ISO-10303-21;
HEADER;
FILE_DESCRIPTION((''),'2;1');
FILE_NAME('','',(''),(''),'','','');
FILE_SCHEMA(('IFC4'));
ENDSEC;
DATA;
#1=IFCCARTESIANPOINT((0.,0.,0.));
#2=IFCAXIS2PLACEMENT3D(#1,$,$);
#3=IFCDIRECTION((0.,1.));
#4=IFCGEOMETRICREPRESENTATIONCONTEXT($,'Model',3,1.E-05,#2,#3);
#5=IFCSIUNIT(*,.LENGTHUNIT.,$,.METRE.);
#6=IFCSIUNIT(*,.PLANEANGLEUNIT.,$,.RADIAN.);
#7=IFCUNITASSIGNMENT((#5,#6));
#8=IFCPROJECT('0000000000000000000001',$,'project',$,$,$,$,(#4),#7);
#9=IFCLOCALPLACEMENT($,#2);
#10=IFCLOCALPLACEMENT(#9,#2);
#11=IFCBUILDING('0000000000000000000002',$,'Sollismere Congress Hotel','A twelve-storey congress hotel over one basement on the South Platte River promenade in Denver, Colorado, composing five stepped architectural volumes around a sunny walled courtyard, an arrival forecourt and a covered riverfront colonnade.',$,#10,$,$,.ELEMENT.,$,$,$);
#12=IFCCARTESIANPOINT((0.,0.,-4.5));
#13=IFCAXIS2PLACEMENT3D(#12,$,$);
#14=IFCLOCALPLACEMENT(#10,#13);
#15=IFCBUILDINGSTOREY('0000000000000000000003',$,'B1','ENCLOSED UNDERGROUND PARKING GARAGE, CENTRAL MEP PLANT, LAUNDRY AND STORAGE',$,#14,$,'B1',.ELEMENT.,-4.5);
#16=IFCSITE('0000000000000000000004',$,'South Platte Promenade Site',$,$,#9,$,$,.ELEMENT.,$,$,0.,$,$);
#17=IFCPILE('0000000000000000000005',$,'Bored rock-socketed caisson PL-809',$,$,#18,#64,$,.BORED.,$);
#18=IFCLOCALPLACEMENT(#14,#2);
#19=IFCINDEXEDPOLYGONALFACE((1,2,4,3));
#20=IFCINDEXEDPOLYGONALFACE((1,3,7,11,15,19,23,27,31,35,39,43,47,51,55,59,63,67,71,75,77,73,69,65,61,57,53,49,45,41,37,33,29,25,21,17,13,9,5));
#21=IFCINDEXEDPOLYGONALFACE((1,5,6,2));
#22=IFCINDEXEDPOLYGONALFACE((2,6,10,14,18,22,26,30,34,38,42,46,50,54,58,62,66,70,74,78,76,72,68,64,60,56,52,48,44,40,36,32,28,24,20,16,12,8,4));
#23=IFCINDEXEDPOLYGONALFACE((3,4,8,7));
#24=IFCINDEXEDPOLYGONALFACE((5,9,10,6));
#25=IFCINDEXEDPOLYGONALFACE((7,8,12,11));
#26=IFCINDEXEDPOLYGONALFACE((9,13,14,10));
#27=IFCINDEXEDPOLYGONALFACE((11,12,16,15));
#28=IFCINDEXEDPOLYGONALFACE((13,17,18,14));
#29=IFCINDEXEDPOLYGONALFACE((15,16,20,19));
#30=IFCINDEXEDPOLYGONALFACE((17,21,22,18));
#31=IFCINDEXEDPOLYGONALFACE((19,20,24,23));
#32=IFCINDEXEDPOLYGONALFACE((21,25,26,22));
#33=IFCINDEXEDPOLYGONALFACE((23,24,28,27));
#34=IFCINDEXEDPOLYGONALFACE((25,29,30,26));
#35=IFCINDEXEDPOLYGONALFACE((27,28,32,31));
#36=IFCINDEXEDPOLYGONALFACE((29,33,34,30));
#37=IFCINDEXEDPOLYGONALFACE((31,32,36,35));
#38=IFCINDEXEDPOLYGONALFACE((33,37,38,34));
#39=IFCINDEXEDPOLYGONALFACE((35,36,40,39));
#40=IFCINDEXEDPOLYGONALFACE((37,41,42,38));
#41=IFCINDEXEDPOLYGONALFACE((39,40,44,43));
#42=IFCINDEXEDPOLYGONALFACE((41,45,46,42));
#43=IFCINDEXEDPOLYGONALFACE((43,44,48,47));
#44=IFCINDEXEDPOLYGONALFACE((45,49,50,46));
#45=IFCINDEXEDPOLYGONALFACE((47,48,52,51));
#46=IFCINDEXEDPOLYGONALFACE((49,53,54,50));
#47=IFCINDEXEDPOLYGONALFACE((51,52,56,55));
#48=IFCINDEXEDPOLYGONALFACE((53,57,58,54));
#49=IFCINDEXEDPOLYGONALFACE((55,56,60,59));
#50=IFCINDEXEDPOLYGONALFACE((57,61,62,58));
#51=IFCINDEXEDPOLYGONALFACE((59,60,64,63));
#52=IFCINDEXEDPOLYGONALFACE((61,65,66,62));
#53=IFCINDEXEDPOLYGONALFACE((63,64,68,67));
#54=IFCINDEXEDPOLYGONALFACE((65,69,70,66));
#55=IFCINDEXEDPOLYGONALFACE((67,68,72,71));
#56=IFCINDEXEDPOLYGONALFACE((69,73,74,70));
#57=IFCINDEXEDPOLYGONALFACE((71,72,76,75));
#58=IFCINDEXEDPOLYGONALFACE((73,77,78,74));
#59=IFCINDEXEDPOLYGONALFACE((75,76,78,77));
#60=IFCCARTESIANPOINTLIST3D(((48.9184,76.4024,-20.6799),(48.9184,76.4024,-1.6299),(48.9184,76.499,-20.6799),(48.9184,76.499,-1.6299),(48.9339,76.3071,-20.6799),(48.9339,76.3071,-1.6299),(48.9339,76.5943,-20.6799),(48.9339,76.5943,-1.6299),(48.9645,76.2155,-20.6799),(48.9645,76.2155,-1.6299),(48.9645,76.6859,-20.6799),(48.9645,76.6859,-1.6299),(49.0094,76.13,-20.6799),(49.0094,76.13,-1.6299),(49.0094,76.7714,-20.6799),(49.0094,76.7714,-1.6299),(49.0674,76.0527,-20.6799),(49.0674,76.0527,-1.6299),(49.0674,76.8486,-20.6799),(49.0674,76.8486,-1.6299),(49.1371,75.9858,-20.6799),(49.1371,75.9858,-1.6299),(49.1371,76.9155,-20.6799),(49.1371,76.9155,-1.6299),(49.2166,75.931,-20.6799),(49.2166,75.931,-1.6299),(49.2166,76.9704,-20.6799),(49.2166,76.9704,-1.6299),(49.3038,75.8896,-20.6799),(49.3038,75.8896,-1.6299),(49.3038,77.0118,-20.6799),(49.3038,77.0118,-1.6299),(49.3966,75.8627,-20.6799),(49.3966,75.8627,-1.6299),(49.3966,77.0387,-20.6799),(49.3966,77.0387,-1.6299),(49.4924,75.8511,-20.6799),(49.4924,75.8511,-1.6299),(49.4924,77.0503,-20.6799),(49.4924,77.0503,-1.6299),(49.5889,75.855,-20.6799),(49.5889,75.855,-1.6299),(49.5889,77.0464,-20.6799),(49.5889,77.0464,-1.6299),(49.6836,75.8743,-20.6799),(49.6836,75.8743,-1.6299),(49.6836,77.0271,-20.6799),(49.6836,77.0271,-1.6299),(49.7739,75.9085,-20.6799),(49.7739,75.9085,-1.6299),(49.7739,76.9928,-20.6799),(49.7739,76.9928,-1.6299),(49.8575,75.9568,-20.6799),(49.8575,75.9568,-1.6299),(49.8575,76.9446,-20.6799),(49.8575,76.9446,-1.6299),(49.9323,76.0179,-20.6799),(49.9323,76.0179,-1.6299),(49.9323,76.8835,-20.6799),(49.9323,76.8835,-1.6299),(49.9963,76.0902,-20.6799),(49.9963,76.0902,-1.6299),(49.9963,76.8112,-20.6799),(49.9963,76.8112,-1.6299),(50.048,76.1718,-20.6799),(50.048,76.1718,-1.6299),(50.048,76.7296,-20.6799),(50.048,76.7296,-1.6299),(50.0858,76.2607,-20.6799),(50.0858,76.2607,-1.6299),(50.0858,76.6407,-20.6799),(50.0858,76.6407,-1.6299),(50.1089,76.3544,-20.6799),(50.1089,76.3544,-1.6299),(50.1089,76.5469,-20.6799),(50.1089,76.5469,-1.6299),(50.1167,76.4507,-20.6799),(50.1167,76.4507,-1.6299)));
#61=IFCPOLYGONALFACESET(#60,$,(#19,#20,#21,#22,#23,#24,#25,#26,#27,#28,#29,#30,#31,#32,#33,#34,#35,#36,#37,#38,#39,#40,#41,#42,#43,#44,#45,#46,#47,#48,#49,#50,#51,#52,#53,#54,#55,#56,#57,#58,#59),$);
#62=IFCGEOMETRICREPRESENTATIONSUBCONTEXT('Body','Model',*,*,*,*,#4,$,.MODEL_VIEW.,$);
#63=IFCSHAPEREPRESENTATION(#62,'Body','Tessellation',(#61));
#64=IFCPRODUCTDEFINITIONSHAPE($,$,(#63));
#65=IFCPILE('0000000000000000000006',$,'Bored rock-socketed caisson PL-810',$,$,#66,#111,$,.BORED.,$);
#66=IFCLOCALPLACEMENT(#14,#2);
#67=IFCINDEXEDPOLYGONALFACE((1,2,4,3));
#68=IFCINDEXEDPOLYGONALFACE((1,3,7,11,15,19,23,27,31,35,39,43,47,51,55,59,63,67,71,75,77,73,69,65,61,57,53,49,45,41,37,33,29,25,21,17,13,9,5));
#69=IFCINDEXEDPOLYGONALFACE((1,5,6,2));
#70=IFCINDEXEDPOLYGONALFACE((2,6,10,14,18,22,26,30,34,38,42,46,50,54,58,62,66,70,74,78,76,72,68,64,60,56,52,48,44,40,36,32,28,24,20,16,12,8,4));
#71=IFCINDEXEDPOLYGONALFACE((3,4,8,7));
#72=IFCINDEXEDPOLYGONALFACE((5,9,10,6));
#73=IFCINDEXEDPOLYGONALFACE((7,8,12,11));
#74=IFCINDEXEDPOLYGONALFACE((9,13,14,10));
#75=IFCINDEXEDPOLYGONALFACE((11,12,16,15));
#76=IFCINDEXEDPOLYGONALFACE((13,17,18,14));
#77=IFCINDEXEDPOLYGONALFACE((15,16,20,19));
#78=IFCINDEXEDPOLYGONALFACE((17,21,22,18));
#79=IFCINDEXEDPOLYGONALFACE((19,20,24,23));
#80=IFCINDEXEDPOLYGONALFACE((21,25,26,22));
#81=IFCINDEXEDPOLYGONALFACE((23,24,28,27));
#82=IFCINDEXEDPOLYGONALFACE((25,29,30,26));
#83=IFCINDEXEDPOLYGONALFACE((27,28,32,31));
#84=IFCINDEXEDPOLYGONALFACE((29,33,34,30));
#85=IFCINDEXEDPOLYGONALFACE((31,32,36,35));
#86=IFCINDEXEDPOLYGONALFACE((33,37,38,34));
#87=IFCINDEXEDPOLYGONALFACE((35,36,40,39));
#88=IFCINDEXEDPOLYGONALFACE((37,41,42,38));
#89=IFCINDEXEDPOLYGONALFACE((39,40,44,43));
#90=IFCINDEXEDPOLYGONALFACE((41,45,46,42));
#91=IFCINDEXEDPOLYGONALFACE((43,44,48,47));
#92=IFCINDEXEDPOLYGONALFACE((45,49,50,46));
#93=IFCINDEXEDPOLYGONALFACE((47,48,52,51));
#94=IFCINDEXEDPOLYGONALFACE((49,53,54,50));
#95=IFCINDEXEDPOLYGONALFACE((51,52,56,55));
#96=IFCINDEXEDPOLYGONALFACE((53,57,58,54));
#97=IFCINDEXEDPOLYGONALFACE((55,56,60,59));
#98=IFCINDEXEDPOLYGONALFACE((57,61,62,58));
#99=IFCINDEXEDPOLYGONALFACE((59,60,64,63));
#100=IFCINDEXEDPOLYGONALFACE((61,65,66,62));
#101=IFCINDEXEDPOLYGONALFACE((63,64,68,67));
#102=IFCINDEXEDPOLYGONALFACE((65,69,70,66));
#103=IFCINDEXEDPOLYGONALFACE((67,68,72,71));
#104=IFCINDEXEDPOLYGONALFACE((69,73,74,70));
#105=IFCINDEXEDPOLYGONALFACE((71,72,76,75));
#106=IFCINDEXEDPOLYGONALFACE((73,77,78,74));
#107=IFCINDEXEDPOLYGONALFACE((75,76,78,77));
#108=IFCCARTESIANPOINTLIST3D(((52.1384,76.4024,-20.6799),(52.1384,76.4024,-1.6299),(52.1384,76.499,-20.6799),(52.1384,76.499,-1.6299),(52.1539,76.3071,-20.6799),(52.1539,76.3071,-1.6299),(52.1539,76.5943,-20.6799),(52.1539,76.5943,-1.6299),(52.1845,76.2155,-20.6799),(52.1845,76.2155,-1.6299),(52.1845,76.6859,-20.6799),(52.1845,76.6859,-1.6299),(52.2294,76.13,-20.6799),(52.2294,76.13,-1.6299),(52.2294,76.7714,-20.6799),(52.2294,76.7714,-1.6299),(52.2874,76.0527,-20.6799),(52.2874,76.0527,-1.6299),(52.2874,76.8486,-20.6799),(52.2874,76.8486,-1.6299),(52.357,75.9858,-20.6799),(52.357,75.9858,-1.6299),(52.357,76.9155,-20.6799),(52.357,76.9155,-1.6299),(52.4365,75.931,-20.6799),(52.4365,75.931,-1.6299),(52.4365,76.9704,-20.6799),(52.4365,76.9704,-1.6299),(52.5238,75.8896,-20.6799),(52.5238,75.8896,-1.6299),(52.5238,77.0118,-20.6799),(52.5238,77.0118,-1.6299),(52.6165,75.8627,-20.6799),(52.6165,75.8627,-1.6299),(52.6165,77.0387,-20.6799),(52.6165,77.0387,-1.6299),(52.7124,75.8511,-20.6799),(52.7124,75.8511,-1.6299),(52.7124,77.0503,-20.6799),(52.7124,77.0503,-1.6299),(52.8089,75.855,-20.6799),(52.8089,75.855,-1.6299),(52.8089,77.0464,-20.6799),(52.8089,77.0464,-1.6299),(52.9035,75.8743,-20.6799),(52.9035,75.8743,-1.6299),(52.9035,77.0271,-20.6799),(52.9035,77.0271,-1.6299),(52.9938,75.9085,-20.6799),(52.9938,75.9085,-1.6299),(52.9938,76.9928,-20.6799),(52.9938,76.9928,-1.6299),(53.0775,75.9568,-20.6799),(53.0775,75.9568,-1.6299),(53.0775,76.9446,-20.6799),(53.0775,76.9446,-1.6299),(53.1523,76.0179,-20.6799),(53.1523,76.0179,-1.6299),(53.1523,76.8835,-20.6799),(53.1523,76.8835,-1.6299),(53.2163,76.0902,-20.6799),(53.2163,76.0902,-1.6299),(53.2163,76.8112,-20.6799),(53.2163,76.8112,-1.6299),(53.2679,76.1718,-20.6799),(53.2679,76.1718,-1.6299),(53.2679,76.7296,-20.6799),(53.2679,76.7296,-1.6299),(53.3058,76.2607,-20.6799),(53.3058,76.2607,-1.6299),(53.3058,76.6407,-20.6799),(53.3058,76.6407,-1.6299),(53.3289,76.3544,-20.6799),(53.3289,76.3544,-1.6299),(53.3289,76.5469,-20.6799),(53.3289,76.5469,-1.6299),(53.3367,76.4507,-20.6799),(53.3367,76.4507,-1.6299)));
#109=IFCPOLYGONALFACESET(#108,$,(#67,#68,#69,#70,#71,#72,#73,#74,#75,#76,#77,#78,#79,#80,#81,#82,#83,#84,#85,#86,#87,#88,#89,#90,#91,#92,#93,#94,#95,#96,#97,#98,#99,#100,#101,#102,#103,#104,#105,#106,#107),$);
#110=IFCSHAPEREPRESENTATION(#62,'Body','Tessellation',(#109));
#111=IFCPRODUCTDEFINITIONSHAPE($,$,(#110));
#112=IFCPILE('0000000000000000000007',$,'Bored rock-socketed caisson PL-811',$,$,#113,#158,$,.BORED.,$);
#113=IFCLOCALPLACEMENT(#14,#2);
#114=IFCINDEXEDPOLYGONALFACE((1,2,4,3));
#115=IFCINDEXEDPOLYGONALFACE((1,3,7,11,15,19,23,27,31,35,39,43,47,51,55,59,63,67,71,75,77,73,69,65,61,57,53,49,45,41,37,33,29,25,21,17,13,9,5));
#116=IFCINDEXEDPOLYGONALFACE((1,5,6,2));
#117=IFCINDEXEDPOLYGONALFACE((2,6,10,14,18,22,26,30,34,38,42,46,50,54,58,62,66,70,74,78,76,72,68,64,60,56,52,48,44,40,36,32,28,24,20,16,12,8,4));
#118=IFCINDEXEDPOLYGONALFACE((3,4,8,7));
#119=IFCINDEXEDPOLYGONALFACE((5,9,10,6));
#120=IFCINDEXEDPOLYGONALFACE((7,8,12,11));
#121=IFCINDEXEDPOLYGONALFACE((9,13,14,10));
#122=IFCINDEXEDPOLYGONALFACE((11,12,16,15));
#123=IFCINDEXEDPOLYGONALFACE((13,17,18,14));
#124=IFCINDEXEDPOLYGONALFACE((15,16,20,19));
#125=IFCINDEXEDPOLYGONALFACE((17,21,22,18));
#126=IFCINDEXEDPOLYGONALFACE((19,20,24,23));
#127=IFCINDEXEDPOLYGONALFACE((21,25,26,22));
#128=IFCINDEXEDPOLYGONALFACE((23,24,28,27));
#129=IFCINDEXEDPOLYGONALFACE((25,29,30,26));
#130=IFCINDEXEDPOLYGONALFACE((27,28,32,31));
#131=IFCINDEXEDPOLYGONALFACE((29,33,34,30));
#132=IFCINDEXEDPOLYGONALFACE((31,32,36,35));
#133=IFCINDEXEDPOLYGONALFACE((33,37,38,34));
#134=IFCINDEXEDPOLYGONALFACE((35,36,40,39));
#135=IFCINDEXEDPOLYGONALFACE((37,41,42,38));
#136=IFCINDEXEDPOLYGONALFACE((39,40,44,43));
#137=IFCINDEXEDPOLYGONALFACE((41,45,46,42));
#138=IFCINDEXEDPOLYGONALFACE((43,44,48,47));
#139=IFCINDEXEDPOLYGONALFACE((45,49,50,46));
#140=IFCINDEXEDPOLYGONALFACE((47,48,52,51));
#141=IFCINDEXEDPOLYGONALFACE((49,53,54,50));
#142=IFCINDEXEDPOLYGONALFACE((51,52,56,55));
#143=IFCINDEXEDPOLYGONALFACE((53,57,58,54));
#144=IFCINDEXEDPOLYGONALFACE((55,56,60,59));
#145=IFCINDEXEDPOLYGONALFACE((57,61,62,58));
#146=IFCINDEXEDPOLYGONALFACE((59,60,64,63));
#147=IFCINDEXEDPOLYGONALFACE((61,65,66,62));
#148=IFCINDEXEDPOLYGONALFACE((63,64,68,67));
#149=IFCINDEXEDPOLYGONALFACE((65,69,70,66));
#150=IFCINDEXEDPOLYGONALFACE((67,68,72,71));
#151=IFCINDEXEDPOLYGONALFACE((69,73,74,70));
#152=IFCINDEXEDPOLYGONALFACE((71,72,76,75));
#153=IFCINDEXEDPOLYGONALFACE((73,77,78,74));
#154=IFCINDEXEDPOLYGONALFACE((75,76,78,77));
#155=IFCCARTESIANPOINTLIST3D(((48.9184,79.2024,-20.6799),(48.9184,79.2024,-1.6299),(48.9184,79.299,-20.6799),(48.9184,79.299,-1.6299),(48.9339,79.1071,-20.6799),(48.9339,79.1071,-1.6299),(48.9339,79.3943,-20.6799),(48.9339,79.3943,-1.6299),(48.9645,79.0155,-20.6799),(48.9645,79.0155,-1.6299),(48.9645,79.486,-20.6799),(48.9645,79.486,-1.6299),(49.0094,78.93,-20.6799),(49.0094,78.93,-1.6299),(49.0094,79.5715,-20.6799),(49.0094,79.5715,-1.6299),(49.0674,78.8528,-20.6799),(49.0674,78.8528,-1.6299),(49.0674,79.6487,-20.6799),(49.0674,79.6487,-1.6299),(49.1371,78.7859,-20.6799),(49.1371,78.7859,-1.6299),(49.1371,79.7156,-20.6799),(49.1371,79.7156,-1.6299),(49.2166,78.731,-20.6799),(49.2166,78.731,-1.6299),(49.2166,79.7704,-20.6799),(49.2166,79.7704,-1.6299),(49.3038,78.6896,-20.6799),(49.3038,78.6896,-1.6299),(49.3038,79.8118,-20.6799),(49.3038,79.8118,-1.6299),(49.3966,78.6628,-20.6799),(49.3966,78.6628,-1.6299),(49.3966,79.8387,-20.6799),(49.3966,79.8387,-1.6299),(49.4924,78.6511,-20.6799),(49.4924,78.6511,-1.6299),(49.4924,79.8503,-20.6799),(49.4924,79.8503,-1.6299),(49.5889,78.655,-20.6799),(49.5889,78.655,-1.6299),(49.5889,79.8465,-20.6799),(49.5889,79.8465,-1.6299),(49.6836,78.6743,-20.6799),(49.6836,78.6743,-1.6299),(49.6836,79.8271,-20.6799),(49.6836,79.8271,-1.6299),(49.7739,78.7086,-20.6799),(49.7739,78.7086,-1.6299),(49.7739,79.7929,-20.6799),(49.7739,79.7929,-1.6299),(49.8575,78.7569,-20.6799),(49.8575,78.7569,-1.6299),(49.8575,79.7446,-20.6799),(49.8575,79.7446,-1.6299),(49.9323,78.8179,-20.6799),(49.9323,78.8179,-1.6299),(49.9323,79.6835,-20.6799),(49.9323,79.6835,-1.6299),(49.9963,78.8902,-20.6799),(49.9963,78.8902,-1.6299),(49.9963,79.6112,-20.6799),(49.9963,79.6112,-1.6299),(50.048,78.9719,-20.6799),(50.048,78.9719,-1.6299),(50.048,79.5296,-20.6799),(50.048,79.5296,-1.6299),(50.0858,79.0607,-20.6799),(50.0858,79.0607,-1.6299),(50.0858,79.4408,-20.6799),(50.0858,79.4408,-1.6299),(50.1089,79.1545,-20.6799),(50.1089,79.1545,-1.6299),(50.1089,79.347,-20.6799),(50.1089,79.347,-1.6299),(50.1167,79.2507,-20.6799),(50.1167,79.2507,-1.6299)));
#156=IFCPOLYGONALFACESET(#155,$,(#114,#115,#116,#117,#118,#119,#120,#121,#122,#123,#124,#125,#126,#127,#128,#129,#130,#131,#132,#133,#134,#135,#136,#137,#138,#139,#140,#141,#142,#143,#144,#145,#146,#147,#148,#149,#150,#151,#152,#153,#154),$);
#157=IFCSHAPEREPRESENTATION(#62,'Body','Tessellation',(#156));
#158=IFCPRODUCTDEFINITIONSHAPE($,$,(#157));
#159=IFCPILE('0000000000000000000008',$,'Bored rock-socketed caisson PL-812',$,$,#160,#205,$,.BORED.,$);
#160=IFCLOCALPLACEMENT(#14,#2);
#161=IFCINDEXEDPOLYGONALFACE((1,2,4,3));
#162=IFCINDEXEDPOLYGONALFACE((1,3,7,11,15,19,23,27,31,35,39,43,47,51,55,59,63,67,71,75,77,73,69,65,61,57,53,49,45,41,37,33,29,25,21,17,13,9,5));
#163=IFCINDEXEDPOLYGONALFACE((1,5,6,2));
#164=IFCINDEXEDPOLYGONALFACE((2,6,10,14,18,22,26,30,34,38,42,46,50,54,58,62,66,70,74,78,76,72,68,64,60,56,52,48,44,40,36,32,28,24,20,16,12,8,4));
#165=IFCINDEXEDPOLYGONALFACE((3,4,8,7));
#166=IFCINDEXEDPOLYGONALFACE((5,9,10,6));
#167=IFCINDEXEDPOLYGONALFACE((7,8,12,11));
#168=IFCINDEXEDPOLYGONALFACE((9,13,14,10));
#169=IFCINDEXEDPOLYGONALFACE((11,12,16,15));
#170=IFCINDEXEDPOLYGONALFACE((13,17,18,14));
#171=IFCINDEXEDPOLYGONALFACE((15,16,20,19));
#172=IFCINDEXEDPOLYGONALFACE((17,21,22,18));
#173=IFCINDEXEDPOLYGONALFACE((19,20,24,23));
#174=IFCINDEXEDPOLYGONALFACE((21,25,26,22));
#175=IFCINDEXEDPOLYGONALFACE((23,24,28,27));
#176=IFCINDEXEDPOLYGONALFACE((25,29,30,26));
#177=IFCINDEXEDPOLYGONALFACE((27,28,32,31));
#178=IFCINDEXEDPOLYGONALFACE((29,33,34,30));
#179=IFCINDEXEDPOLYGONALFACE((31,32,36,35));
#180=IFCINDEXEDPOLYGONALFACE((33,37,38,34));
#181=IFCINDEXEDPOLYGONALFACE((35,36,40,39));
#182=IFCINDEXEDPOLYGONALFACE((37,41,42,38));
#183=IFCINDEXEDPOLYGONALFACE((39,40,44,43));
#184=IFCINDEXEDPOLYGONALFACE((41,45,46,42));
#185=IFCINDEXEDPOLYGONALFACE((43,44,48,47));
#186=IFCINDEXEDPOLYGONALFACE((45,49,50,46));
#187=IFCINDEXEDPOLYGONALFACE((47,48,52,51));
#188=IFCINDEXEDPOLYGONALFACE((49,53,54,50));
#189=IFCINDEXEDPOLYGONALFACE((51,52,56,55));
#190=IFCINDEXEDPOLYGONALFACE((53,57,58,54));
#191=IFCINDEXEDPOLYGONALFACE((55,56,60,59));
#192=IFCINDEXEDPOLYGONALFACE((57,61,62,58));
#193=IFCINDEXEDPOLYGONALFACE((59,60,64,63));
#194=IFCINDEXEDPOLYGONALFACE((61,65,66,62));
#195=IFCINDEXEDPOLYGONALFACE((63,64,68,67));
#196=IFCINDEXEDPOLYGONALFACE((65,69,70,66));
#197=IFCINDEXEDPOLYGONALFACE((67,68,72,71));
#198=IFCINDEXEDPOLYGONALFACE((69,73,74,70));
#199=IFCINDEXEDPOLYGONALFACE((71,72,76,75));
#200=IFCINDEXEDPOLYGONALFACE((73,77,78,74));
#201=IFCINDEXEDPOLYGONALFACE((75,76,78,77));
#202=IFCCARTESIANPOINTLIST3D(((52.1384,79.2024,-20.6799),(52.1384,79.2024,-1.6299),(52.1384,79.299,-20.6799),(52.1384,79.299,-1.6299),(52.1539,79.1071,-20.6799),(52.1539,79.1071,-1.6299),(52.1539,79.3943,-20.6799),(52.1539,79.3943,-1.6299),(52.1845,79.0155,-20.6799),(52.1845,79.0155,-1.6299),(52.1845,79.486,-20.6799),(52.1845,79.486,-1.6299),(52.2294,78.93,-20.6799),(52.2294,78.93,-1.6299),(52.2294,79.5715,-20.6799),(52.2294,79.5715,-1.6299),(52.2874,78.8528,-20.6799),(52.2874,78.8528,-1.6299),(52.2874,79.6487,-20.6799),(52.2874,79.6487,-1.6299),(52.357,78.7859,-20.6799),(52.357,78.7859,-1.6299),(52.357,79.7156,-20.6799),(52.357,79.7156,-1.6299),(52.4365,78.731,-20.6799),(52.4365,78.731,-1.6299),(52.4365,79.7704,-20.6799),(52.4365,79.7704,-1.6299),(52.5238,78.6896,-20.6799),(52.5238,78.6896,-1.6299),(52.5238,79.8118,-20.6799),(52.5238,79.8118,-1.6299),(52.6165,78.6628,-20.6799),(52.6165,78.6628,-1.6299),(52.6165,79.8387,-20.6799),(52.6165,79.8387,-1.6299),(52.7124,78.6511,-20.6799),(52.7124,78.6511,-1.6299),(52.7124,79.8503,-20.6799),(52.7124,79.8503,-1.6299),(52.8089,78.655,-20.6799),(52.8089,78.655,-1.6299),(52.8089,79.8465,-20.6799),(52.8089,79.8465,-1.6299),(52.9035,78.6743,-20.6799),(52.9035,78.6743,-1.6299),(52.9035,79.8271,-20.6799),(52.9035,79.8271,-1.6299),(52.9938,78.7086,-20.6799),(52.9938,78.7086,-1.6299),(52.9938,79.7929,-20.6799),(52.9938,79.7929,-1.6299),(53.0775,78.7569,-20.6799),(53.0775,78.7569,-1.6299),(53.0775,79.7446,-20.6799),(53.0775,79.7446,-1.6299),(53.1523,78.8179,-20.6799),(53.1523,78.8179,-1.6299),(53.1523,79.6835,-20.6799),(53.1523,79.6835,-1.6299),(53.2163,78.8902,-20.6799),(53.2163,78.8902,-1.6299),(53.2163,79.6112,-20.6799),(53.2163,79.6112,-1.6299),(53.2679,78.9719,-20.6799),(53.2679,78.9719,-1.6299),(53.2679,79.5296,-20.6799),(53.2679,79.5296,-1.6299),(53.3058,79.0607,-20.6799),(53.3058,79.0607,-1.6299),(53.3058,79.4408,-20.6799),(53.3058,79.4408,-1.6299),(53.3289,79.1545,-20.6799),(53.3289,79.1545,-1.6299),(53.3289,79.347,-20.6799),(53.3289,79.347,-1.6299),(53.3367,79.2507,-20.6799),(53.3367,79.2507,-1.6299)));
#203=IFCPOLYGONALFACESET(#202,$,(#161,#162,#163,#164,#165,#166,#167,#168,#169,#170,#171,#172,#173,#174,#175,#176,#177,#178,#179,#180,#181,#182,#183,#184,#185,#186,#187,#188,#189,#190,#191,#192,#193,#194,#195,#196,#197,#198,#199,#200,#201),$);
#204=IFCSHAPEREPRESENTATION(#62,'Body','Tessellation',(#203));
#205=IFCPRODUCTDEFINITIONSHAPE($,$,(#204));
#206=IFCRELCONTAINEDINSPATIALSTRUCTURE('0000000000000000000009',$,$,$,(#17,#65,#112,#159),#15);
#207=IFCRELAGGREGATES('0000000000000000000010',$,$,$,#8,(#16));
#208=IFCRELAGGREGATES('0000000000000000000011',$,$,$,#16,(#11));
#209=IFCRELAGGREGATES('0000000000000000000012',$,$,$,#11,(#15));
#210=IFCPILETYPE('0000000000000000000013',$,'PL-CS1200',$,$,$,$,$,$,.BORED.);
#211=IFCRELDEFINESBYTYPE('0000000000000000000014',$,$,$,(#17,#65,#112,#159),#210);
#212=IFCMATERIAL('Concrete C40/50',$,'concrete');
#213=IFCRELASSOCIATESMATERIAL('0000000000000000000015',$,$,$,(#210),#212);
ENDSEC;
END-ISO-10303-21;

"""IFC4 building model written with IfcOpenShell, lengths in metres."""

from ifc_helpers import new_model, si_unit, direction, frame, origin, origin_2d, place, context, subcontext, project, spatial, circle, extrude, material, material_profile, profile_set, type_object, element, save


model = new_model("IFC4")

# Units and contexts
model_context = context("Model", 3, precision=1e-05, world=origin(), true_north=direction((0.0, 1.0)))
body_context = subcontext(model_context, "Body", "Model", "MODEL_VIEW")
ifc_project = project(units=[si_unit("LENGTHUNIT", "METRE"), si_unit("PLANEANGLEUNIT", "RADIAN")], contexts=[model_context])

# Site, building, storey
site_placement = place(None, origin())
site = spatial("IfcSite", under=ifc_project, at=site_placement, Name="South Platte Promenade Site", CompositionType="ELEMENT", RefElevation=0.0)
building_placement = place(site_placement, origin())
building = spatial("IfcBuilding", under=site, at=building_placement, Name="Sollismere Congress Hotel", Description="A twelve-storey congress hotel over one basement on the South Platte River promenade in Denver, Colorado, composing five stepped architectural volumes around a sunny walled courtyard, an arrival forecourt and a covered riverfront colonnade.", CompositionType="ELEMENT")
storey_placement = place(building_placement, frame((0.0, 0.0, -4.5)))
storey = spatial("IfcBuildingStorey", under=building, at=storey_placement, Name="B1", Description="ENCLOSED UNDERGROUND PARKING GARAGE, CENTRAL MEP PLANT, LAUNDRY AND STORAGE", LongName="B1", CompositionType="ELEMENT", Elevation=-4.5)

# Shared definitions
ifc_material_1 = material(Name="Concrete C40/50", Category="concrete")

# Piles
ifc_material_profile_1 = material_profile(ifc_material_1, circle(Radius=0.6001, at=origin_2d()), Name="CAISSON1200")
ifc_profile_set_1 = profile_set([ifc_material_profile_1], Name="Concrete C40/50")
pile_type = type_object("IfcPileType", Name="PL-CS1200", PredefinedType="BORED", material=ifc_profile_set_1)
for number, where, z_axis, x_axis, name in (
    (1, (49.5166, 76.4507, -1.6299), (0.0, 0.0, -1.0), (1.0, 0.0, 0.0), "Bored rock-socketed caisson PL-809"),
    (2, (52.7366, 76.4507, -1.6299), (0.0, 0.0, -1.0), (1.0, 0.0, 0.0), "Bored rock-socketed caisson PL-810"),
    (3, (49.5166, 79.2507, -1.6299), (0.0, 0.0, -1.0), (1.0, 0.0, 0.0), "Bored rock-socketed caisson PL-811"),
    (4, (52.7366, 79.2507, -1.6299), (0.0, 0.0, -1.0), (1.0, 0.0, 0.0), "Bored rock-socketed caisson PL-812"),
):
    element("IfcPile", number, at=place(storey_placement, frame(where, z_axis=z_axis, x_axis=x_axis)), inside=storey, type_object=pile_type, Name=name, PredefinedType="BORED", context=body_context, shape_type="SweptSolid", body=[
        extrude(circle(Radius=0.6001, at=origin_2d()), origin(), (0.0, 0.0, 1.0), 19.05),
    ])

save(model, "model.ifc")
